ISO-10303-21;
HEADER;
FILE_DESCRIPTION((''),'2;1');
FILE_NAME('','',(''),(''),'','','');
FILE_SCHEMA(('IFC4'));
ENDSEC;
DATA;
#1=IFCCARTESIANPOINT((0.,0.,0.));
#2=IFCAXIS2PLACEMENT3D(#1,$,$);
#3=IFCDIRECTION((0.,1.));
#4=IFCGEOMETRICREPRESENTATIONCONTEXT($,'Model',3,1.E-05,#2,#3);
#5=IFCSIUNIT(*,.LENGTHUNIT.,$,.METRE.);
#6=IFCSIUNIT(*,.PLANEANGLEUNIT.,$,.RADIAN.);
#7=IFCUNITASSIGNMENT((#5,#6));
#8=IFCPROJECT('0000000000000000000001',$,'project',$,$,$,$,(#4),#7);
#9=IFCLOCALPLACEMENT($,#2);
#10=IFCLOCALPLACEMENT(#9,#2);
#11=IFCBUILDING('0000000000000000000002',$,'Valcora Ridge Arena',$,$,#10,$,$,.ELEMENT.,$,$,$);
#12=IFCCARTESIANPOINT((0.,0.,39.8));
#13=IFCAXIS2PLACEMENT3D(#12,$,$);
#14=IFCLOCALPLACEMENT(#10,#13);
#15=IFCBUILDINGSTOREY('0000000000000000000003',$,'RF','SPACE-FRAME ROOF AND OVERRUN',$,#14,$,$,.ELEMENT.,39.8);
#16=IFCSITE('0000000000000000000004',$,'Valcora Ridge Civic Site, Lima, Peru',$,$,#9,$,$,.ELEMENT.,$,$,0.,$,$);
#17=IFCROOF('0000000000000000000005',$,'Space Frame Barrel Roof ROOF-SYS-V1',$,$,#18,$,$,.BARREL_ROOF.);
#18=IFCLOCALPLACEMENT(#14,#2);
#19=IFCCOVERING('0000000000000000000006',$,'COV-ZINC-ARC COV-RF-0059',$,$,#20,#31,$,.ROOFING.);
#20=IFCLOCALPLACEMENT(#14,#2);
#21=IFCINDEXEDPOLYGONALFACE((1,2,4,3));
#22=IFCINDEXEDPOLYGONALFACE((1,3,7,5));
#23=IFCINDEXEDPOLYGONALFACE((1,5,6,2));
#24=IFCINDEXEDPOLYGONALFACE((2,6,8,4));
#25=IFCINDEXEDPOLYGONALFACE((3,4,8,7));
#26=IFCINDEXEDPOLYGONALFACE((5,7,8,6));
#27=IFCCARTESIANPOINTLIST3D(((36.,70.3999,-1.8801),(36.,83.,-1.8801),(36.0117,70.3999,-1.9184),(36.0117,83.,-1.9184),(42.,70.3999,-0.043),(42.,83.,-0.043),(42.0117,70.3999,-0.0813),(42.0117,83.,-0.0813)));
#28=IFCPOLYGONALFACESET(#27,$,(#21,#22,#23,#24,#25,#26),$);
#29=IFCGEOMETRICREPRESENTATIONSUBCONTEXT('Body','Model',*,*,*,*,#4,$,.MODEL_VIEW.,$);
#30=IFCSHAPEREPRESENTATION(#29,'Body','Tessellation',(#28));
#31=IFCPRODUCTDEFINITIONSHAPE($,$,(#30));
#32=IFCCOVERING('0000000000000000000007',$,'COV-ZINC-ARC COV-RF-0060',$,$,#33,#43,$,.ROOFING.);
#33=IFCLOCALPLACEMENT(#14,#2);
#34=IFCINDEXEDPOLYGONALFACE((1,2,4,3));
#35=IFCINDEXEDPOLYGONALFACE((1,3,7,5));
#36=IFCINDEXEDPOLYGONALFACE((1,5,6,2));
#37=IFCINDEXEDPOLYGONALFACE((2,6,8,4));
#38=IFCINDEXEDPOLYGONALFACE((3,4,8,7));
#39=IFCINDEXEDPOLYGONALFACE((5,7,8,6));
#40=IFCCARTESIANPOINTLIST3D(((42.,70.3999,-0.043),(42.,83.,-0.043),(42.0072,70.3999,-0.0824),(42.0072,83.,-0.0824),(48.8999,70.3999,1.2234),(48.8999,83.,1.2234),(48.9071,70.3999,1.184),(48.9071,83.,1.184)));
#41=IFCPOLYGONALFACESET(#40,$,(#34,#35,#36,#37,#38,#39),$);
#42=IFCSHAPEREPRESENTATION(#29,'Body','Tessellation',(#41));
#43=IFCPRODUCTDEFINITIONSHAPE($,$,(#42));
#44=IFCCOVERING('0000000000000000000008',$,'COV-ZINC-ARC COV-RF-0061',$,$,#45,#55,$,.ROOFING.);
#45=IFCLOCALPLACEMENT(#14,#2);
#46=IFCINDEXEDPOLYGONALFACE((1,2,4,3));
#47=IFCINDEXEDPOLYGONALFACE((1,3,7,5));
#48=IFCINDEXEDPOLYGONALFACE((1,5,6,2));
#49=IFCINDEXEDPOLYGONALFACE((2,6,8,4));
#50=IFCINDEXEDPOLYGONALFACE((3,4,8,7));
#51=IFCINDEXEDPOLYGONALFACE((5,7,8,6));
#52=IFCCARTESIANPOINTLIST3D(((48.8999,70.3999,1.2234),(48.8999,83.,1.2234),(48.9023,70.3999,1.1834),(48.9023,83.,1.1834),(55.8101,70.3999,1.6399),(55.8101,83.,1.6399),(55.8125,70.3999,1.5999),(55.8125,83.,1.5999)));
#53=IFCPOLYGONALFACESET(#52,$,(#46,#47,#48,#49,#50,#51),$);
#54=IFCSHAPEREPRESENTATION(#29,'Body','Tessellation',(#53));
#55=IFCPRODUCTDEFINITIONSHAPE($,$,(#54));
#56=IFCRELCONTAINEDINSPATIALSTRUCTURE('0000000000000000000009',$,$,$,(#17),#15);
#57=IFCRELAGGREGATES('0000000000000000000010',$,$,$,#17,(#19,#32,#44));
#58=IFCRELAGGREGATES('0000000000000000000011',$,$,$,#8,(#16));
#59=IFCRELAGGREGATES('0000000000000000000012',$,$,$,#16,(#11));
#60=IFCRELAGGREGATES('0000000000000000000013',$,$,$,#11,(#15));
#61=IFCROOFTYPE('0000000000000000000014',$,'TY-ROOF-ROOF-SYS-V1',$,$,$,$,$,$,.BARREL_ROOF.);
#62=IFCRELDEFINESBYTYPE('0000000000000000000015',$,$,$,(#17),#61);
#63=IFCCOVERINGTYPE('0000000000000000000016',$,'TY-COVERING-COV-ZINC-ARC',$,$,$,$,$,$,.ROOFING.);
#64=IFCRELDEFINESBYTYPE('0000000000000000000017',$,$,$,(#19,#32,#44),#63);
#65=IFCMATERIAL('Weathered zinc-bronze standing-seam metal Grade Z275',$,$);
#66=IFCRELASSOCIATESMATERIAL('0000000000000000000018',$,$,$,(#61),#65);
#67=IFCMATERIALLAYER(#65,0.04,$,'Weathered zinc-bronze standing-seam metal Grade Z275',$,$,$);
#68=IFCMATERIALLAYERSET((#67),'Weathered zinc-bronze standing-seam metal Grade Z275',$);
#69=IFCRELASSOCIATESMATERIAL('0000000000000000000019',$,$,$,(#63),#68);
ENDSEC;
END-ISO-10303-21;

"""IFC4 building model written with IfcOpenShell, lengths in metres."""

from ifc_helpers import new_model, si_unit, direction, frame, origin, place, context, subcontext, project, spatial, polyline, outline, extrude, material, layer, layer_set, type_object, element, aggregate, save


model = new_model("IFC4")

# Units and contexts
model_context = context("Model", 3, precision=1e-05, world=origin(), true_north=direction((0.0, 1.0)))
body_context = subcontext(model_context, "Body", "Model", "MODEL_VIEW")
ifc_project = project(units=[si_unit("LENGTHUNIT", "METRE"), si_unit("PLANEANGLEUNIT", "RADIAN")], contexts=[model_context])

# Site, building, storey
site_placement = place(None, origin())
site = spatial("IfcSite", under=ifc_project, at=site_placement, Name="Valcora Ridge Civic Site, Lima, Peru", CompositionType="ELEMENT", RefElevation=0.0)
building_placement = place(site_placement, origin())
building = spatial("IfcBuilding", under=site, at=building_placement, Name="Valcora Ridge Arena", CompositionType="ELEMENT")
storey_placement = place(building_placement, frame((0.0, 0.0, 39.8)))
storey = spatial("IfcBuildingStorey", under=building, at=storey_placement, Name="RF", Description="SPACE-FRAME ROOF AND OVERRUN", CompositionType="ELEMENT", Elevation=39.8)

# Roof, coverings
ifc_material_1 = material(Name="Weathered zinc-bronze standing-seam metal Grade Z275")
roof_type = type_object("IfcRoofType", Name="TY-ROOF-ROOF-SYS-V1", PredefinedType="BARREL_ROOF", material=ifc_material_1)
roof_placement = place(storey_placement, origin())
roof = element("IfcRoof", 1, at=roof_placement, inside=storey, type_object=roof_type, Name="Space Frame Barrel Roof ROOF-SYS-V1", PredefinedType="BARREL_ROOF")
ifc_layer_1 = layer(ifc_material_1, 0.04, Name="Weathered zinc-bronze standing-seam metal Grade Z275")
ifc_layer_set_1 = layer_set([ifc_layer_1], Name="Weathered zinc-bronze standing-seam metal Grade Z275")
covering_type = type_object("IfcCoveringType", Name="TY-COVERING-COV-ZINC-ARC", PredefinedType="ROOFING", material=ifc_layer_set_1)
covering_1_placement = place(storey_placement, frame((36.0, 70.3999, -1.8801), z_axis=(-0.292776, 0.0, 0.956181), x_axis=(0.956181, 0.0, 0.292776)))
covering_1 = element("IfcCovering", 2, at=covering_1_placement, type_object=covering_type, Name="COV-ZINC-ARC COV-RF-0059", PredefinedType="ROOFING", context=body_context, shape_type="SweptSolid", body=[
    extrude(outline(polyline([(0.0, 0.0), (6.275, 0.0), (6.275, 12.6001), (0.0, 12.6001), (0.0, 0.0)])), origin(), (0.0, 0.0, -1.0), 0.04),
])
covering_2_placement = place(storey_placement, frame((42.0, 70.3999, -0.043), z_axis=(-0.180518, 0.0, 0.983572), x_axis=(0.983572, 0.0, 0.180518)))
covering_2 = element("IfcCovering", 3, at=covering_2_placement, type_object=covering_type, Name="COV-ZINC-ARC COV-RF-0060", PredefinedType="ROOFING", context=body_context, shape_type="SweptSolid", body=[
    extrude(outline(polyline([(0.0, 0.0), (7.0151, 0.0), (7.0151, 12.6001), (0.0, 12.6001), (0.0, 0.0)])), origin(), (0.0, 0.0, -1.0), 0.04),
])
covering_3_placement = place(storey_placement, frame((48.8999, 70.3999, 1.2234), z_axis=(-0.060165, 0.0, 0.998188), x_axis=(0.998188, 0.0, 0.060165)))
covering_3 = element("IfcCovering", 4, at=covering_3_placement, type_object=covering_type, Name="COV-ZINC-ARC COV-RF-0061", PredefinedType="ROOFING", context=body_context, shape_type="SweptSolid", body=[
    extrude(outline(polyline([(0.0, 0.0), (6.9227, 0.0), (6.9227, 12.6001), (0.0, 12.6001), (0.0, 0.0)])), origin(), (0.0, 0.0, -1.0), 0.04),
])
aggregate(roof, [covering_1, covering_2, covering_3])

save(model, "model.ifc")
